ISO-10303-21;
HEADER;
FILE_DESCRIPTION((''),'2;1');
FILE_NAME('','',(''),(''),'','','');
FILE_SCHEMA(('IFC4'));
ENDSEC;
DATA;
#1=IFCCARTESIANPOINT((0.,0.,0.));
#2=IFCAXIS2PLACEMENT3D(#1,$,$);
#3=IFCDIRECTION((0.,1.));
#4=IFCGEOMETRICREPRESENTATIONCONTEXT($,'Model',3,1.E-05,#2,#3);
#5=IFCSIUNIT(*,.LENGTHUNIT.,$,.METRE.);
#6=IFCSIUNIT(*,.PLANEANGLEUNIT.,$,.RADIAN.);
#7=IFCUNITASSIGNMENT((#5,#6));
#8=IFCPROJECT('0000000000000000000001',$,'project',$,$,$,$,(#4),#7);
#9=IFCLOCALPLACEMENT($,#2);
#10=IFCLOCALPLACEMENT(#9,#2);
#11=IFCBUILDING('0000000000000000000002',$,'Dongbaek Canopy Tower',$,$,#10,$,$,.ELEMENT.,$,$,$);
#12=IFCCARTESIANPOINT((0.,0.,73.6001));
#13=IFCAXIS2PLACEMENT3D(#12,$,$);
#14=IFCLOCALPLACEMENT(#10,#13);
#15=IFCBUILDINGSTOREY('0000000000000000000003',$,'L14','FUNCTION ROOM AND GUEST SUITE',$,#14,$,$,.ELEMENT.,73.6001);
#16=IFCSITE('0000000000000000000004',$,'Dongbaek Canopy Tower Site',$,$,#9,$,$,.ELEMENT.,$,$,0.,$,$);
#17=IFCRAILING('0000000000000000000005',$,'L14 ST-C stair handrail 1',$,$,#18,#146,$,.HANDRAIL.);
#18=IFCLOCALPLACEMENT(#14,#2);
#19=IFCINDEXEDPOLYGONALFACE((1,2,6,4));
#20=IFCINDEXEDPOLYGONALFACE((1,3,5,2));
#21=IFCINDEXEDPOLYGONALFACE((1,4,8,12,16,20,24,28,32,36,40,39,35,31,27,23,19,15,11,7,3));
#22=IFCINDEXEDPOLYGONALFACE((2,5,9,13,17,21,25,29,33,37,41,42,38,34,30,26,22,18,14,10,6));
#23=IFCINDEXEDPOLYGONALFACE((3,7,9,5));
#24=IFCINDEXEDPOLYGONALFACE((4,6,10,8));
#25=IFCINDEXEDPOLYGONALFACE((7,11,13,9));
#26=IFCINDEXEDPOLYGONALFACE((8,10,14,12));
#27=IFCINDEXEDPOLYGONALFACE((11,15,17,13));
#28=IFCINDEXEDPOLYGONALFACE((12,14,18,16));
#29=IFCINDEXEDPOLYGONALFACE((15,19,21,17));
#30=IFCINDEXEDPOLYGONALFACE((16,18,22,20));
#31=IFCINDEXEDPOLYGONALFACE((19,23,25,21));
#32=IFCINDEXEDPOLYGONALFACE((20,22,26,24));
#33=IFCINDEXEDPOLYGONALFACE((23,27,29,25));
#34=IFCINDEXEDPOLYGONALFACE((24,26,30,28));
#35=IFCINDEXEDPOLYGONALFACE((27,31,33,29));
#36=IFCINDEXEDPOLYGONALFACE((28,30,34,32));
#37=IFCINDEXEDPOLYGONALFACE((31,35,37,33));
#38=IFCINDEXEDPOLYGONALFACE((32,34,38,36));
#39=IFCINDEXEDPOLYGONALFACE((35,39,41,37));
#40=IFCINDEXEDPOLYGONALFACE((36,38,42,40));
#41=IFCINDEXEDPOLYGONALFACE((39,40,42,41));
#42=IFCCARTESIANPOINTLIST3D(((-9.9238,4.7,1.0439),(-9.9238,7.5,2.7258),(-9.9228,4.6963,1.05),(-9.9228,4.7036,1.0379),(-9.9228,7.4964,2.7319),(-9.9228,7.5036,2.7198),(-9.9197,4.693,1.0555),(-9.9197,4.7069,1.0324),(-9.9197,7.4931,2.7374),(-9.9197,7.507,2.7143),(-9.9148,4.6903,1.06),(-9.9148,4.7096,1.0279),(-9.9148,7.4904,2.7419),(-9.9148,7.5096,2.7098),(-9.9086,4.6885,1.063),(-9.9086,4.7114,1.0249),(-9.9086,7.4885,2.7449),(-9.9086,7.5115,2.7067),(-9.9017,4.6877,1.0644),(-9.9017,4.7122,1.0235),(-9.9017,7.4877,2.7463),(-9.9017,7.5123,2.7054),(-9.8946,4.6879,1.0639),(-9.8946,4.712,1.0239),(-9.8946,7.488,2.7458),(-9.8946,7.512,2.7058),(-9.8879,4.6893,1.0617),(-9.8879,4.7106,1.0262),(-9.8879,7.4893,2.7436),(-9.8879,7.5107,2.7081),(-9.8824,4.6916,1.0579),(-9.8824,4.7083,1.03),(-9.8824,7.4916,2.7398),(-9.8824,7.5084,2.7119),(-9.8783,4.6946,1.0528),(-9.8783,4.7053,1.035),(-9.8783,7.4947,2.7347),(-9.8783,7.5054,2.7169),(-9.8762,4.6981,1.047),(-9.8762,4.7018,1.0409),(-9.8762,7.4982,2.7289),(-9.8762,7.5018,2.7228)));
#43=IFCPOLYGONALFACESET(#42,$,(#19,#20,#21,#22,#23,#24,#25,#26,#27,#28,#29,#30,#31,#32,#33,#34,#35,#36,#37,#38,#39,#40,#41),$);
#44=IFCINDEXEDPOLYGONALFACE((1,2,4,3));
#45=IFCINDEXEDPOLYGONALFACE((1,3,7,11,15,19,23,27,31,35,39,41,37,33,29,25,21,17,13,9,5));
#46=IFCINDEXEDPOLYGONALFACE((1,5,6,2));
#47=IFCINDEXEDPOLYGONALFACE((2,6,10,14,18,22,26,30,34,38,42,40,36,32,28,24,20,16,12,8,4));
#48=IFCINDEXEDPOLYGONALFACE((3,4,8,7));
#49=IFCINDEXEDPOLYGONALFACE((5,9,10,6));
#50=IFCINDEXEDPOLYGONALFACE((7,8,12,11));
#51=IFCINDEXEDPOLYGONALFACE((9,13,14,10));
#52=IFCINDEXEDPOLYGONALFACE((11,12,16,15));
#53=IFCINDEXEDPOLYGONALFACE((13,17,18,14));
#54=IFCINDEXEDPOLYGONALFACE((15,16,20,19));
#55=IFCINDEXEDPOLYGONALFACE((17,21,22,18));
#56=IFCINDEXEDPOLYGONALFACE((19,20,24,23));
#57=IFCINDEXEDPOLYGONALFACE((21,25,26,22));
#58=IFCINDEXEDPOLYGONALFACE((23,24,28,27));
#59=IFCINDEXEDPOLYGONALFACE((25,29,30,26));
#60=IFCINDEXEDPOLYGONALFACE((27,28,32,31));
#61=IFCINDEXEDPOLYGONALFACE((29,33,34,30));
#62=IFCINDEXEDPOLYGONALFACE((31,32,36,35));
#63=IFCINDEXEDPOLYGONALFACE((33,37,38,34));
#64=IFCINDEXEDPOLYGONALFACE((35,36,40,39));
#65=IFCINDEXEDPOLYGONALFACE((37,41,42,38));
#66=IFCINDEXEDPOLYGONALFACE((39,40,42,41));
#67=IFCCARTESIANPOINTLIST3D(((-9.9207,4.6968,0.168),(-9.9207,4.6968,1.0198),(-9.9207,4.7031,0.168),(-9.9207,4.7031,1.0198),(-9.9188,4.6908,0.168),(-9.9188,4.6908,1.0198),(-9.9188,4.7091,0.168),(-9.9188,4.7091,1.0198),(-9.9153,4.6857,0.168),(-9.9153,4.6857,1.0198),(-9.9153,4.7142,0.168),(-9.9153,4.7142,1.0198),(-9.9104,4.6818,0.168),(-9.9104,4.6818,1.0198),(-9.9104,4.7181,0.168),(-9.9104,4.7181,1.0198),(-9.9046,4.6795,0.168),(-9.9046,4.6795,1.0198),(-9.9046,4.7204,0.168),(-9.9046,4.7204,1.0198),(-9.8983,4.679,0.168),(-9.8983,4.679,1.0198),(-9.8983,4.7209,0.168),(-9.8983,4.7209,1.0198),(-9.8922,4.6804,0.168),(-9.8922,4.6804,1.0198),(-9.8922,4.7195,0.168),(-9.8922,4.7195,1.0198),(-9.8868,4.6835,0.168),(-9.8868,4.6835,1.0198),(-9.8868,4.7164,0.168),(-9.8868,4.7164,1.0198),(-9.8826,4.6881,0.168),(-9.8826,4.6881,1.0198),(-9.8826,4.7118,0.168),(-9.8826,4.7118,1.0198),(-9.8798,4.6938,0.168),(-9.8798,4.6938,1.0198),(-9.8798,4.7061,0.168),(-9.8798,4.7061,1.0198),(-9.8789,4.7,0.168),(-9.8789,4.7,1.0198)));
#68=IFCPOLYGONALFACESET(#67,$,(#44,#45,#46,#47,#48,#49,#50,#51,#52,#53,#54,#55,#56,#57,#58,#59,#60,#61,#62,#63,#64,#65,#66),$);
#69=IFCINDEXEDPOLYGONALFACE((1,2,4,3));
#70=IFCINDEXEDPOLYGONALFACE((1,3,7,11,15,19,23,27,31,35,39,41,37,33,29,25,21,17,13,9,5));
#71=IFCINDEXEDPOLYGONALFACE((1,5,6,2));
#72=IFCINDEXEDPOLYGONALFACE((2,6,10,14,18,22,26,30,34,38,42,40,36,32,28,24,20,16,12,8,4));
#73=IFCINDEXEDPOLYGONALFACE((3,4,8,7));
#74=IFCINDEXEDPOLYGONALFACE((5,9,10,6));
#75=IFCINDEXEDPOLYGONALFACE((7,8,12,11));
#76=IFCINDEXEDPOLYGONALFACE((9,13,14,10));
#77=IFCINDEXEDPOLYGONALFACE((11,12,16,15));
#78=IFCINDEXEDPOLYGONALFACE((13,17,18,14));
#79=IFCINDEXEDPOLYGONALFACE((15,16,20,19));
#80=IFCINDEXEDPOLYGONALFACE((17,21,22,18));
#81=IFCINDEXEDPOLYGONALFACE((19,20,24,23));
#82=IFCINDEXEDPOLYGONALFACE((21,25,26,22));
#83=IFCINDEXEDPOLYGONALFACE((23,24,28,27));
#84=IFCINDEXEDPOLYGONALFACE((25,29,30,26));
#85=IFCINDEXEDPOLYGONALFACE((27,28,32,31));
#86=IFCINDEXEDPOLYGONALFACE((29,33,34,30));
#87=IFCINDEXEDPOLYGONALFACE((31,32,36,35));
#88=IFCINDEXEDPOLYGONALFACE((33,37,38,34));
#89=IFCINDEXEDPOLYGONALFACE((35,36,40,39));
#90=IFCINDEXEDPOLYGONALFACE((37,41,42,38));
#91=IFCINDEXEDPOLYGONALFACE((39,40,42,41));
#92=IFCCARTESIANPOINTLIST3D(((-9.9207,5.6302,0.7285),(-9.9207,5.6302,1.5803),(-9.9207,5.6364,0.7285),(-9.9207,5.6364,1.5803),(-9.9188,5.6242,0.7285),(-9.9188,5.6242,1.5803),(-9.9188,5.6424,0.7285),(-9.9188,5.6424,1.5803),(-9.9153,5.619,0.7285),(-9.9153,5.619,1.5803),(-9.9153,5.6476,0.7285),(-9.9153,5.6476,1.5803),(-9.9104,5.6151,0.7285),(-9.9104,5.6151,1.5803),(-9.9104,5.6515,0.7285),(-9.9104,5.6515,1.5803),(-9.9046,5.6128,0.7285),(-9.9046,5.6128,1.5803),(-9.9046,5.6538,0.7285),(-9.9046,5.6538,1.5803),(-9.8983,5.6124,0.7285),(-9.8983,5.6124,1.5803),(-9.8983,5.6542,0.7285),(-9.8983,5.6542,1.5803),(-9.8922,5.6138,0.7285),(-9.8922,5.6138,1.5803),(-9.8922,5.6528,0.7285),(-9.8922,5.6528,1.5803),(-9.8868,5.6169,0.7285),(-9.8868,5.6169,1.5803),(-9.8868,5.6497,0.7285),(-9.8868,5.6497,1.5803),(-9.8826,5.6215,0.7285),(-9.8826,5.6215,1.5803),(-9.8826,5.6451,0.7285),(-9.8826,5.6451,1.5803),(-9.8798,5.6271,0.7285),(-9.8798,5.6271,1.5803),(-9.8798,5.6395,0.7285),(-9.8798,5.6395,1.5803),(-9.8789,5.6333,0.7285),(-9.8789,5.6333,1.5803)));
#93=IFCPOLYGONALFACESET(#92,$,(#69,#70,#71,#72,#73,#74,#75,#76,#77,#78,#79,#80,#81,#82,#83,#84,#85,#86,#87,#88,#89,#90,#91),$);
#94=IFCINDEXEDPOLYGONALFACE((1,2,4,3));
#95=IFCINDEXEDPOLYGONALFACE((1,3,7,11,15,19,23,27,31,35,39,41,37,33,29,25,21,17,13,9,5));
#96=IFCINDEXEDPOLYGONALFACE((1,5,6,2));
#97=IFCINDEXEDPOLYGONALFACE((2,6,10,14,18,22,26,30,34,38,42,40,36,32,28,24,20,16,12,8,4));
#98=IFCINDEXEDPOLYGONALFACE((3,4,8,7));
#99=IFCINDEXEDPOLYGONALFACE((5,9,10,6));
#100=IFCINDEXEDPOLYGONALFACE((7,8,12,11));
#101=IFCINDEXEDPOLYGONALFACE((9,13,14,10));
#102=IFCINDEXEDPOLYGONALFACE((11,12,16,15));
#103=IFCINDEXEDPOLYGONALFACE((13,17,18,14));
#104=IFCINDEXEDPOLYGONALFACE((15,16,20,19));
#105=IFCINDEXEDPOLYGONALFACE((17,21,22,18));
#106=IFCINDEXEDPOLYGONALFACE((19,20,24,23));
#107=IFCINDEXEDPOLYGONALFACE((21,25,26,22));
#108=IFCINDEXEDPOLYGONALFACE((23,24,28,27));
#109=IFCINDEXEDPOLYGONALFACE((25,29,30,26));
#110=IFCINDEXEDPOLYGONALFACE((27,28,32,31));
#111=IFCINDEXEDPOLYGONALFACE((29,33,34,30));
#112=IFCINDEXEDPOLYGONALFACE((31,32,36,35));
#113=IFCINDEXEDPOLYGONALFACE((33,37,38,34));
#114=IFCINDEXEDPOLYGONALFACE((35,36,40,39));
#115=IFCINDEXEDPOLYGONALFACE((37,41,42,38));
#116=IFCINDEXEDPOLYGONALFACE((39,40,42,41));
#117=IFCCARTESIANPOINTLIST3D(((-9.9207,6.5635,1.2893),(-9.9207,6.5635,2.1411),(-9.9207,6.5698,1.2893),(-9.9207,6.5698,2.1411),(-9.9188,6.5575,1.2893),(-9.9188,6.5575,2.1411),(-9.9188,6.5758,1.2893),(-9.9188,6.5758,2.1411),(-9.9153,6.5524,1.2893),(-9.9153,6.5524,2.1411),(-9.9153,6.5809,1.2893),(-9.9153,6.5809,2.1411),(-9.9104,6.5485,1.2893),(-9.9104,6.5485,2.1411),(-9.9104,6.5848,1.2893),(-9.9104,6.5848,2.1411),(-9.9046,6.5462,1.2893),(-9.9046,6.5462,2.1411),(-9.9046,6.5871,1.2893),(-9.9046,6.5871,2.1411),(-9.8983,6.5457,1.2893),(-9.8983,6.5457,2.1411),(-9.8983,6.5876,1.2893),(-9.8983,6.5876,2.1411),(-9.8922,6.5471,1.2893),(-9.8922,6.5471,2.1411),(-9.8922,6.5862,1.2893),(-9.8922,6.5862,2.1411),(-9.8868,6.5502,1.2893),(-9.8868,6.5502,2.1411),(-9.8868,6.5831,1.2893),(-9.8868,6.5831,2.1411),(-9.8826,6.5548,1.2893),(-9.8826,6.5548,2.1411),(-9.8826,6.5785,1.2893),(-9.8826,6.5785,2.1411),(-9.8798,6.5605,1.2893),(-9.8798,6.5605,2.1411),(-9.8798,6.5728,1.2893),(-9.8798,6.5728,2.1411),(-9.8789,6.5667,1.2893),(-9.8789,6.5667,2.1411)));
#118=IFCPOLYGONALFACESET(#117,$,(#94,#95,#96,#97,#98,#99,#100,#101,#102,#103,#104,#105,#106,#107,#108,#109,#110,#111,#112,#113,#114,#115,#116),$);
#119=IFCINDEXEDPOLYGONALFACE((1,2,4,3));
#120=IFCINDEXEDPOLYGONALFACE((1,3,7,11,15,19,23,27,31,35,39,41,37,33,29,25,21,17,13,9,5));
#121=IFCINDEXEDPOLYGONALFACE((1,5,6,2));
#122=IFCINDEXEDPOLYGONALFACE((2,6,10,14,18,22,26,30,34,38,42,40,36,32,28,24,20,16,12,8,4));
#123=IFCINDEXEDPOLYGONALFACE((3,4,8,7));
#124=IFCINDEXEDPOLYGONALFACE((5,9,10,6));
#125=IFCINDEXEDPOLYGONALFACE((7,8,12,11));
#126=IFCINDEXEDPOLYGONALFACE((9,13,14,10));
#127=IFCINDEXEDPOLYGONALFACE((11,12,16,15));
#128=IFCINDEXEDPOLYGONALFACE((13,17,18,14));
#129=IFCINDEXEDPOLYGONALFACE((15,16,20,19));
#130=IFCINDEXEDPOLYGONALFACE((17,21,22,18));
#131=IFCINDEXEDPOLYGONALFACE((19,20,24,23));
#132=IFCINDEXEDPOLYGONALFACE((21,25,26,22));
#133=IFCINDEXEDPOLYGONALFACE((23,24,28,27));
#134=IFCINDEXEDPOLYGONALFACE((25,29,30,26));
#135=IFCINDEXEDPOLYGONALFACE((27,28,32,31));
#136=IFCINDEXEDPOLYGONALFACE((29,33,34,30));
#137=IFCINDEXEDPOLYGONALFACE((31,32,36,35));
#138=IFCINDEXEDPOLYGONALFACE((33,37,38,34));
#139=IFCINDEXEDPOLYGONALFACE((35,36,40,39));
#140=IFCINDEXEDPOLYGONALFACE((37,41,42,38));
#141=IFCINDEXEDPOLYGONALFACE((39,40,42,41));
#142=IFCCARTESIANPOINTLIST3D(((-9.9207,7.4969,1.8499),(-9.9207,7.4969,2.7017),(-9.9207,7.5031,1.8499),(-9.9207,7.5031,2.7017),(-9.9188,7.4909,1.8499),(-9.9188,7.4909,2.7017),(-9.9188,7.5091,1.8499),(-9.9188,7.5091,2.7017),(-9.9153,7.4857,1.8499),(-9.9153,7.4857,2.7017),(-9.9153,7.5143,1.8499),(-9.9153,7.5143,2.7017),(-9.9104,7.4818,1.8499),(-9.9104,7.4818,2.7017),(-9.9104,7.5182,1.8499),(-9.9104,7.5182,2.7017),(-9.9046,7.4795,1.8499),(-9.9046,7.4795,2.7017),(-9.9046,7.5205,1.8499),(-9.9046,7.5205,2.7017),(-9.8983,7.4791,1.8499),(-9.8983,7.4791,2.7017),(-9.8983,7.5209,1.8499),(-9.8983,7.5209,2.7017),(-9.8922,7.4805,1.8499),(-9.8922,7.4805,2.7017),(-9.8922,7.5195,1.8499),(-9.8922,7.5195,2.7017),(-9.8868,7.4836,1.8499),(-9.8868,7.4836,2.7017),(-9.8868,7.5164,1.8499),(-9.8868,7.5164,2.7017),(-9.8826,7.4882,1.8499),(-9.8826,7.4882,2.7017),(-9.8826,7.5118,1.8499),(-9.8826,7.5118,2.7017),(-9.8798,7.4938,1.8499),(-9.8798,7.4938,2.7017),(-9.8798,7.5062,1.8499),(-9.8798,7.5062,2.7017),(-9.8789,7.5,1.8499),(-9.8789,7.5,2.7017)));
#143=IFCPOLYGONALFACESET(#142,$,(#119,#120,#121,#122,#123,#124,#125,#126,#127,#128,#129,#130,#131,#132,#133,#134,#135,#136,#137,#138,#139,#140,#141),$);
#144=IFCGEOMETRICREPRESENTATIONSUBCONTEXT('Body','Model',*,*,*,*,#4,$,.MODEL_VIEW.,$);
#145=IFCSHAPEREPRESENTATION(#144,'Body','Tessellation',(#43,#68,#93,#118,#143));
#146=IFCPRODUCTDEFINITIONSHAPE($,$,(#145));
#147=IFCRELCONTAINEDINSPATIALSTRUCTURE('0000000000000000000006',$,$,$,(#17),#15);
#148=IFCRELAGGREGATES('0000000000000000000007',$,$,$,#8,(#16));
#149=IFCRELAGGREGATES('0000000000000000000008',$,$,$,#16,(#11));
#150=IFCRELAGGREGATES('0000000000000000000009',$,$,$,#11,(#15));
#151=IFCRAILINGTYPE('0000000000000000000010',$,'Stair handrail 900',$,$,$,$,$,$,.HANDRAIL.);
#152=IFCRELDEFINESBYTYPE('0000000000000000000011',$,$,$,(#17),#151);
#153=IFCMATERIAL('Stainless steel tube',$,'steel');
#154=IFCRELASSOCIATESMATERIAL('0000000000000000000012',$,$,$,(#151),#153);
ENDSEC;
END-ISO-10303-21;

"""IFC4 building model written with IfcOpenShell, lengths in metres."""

from ifc_helpers import new_model, si_unit, direction, frame, origin, origin_2d, place, context, subcontext, project, spatial, circle, extrude, material, type_object, element, save


model = new_model("IFC4")

# Units and contexts
model_context = context("Model", 3, precision=1e-05, world=origin(), true_north=direction((0.0, 1.0)))
body_context = subcontext(model_context, "Body", "Model", "MODEL_VIEW")
ifc_project = project(units=[si_unit("LENGTHUNIT", "METRE"), si_unit("PLANEANGLEUNIT", "RADIAN")], contexts=[model_context])

# Site, building, storey
site_placement = place(None, origin())
site = spatial("IfcSite", under=ifc_project, at=site_placement, Name="Dongbaek Canopy Tower Site", CompositionType="ELEMENT", RefElevation=0.0)
building_placement = place(site_placement, origin())
building = spatial("IfcBuilding", under=site, at=building_placement, Name="Dongbaek Canopy Tower", CompositionType="ELEMENT")
storey_placement = place(building_placement, frame((0.0, 0.0, 73.6001)))
storey = spatial("IfcBuildingStorey", under=building, at=storey_placement, Name="L14", Description="FUNCTION ROOM AND GUEST SUITE", CompositionType="ELEMENT", Elevation=73.6001)

# Railing
ifc_material_1 = material(Name="Stainless steel tube", Category="steel")
railing_type_1 = type_object("IfcRailingType", Name="Stair handrail 900", PredefinedType="HANDRAIL", material=ifc_material_1)
railing_1_placement = place(storey_placement, frame((-9.8999, 4.7, 0.168)))
element("IfcRailing", 1, at=railing_1_placement, inside=storey, type_object=railing_type_1, Name="L14 ST-C stair handrail 1", PredefinedType="HANDRAIL", context=body_context, shape_type="SweptSolid", body=[
    extrude(circle(Radius=0.0239, at=origin_2d()), frame((0.0, 0.0, 0.876), z_axis=(0.0, 0.857242, 0.514913), x_axis=(-1.0, 0.0, 0.0)), (0.0, 0.0, 1.0), 3.2664),
    extrude(circle(Radius=0.021, at=origin_2d()), origin(), (0.0, 0.0, 1.0), 0.8518),
    extrude(circle(Radius=0.021, at=origin_2d()), frame((0.0, 0.9333, 0.5605)), (0.0, 0.0, 1.0), 0.8518),
    extrude(circle(Radius=0.021, at=origin_2d()), frame((0.0, 1.8667, 1.1213)), (0.0, 0.0, 1.0), 0.8518),
    extrude(circle(Radius=0.021, at=origin_2d()), frame((0.0, 2.8, 1.6819)), (0.0, 0.0, 1.0), 0.8518),
])

save(model, "model.ifc")
